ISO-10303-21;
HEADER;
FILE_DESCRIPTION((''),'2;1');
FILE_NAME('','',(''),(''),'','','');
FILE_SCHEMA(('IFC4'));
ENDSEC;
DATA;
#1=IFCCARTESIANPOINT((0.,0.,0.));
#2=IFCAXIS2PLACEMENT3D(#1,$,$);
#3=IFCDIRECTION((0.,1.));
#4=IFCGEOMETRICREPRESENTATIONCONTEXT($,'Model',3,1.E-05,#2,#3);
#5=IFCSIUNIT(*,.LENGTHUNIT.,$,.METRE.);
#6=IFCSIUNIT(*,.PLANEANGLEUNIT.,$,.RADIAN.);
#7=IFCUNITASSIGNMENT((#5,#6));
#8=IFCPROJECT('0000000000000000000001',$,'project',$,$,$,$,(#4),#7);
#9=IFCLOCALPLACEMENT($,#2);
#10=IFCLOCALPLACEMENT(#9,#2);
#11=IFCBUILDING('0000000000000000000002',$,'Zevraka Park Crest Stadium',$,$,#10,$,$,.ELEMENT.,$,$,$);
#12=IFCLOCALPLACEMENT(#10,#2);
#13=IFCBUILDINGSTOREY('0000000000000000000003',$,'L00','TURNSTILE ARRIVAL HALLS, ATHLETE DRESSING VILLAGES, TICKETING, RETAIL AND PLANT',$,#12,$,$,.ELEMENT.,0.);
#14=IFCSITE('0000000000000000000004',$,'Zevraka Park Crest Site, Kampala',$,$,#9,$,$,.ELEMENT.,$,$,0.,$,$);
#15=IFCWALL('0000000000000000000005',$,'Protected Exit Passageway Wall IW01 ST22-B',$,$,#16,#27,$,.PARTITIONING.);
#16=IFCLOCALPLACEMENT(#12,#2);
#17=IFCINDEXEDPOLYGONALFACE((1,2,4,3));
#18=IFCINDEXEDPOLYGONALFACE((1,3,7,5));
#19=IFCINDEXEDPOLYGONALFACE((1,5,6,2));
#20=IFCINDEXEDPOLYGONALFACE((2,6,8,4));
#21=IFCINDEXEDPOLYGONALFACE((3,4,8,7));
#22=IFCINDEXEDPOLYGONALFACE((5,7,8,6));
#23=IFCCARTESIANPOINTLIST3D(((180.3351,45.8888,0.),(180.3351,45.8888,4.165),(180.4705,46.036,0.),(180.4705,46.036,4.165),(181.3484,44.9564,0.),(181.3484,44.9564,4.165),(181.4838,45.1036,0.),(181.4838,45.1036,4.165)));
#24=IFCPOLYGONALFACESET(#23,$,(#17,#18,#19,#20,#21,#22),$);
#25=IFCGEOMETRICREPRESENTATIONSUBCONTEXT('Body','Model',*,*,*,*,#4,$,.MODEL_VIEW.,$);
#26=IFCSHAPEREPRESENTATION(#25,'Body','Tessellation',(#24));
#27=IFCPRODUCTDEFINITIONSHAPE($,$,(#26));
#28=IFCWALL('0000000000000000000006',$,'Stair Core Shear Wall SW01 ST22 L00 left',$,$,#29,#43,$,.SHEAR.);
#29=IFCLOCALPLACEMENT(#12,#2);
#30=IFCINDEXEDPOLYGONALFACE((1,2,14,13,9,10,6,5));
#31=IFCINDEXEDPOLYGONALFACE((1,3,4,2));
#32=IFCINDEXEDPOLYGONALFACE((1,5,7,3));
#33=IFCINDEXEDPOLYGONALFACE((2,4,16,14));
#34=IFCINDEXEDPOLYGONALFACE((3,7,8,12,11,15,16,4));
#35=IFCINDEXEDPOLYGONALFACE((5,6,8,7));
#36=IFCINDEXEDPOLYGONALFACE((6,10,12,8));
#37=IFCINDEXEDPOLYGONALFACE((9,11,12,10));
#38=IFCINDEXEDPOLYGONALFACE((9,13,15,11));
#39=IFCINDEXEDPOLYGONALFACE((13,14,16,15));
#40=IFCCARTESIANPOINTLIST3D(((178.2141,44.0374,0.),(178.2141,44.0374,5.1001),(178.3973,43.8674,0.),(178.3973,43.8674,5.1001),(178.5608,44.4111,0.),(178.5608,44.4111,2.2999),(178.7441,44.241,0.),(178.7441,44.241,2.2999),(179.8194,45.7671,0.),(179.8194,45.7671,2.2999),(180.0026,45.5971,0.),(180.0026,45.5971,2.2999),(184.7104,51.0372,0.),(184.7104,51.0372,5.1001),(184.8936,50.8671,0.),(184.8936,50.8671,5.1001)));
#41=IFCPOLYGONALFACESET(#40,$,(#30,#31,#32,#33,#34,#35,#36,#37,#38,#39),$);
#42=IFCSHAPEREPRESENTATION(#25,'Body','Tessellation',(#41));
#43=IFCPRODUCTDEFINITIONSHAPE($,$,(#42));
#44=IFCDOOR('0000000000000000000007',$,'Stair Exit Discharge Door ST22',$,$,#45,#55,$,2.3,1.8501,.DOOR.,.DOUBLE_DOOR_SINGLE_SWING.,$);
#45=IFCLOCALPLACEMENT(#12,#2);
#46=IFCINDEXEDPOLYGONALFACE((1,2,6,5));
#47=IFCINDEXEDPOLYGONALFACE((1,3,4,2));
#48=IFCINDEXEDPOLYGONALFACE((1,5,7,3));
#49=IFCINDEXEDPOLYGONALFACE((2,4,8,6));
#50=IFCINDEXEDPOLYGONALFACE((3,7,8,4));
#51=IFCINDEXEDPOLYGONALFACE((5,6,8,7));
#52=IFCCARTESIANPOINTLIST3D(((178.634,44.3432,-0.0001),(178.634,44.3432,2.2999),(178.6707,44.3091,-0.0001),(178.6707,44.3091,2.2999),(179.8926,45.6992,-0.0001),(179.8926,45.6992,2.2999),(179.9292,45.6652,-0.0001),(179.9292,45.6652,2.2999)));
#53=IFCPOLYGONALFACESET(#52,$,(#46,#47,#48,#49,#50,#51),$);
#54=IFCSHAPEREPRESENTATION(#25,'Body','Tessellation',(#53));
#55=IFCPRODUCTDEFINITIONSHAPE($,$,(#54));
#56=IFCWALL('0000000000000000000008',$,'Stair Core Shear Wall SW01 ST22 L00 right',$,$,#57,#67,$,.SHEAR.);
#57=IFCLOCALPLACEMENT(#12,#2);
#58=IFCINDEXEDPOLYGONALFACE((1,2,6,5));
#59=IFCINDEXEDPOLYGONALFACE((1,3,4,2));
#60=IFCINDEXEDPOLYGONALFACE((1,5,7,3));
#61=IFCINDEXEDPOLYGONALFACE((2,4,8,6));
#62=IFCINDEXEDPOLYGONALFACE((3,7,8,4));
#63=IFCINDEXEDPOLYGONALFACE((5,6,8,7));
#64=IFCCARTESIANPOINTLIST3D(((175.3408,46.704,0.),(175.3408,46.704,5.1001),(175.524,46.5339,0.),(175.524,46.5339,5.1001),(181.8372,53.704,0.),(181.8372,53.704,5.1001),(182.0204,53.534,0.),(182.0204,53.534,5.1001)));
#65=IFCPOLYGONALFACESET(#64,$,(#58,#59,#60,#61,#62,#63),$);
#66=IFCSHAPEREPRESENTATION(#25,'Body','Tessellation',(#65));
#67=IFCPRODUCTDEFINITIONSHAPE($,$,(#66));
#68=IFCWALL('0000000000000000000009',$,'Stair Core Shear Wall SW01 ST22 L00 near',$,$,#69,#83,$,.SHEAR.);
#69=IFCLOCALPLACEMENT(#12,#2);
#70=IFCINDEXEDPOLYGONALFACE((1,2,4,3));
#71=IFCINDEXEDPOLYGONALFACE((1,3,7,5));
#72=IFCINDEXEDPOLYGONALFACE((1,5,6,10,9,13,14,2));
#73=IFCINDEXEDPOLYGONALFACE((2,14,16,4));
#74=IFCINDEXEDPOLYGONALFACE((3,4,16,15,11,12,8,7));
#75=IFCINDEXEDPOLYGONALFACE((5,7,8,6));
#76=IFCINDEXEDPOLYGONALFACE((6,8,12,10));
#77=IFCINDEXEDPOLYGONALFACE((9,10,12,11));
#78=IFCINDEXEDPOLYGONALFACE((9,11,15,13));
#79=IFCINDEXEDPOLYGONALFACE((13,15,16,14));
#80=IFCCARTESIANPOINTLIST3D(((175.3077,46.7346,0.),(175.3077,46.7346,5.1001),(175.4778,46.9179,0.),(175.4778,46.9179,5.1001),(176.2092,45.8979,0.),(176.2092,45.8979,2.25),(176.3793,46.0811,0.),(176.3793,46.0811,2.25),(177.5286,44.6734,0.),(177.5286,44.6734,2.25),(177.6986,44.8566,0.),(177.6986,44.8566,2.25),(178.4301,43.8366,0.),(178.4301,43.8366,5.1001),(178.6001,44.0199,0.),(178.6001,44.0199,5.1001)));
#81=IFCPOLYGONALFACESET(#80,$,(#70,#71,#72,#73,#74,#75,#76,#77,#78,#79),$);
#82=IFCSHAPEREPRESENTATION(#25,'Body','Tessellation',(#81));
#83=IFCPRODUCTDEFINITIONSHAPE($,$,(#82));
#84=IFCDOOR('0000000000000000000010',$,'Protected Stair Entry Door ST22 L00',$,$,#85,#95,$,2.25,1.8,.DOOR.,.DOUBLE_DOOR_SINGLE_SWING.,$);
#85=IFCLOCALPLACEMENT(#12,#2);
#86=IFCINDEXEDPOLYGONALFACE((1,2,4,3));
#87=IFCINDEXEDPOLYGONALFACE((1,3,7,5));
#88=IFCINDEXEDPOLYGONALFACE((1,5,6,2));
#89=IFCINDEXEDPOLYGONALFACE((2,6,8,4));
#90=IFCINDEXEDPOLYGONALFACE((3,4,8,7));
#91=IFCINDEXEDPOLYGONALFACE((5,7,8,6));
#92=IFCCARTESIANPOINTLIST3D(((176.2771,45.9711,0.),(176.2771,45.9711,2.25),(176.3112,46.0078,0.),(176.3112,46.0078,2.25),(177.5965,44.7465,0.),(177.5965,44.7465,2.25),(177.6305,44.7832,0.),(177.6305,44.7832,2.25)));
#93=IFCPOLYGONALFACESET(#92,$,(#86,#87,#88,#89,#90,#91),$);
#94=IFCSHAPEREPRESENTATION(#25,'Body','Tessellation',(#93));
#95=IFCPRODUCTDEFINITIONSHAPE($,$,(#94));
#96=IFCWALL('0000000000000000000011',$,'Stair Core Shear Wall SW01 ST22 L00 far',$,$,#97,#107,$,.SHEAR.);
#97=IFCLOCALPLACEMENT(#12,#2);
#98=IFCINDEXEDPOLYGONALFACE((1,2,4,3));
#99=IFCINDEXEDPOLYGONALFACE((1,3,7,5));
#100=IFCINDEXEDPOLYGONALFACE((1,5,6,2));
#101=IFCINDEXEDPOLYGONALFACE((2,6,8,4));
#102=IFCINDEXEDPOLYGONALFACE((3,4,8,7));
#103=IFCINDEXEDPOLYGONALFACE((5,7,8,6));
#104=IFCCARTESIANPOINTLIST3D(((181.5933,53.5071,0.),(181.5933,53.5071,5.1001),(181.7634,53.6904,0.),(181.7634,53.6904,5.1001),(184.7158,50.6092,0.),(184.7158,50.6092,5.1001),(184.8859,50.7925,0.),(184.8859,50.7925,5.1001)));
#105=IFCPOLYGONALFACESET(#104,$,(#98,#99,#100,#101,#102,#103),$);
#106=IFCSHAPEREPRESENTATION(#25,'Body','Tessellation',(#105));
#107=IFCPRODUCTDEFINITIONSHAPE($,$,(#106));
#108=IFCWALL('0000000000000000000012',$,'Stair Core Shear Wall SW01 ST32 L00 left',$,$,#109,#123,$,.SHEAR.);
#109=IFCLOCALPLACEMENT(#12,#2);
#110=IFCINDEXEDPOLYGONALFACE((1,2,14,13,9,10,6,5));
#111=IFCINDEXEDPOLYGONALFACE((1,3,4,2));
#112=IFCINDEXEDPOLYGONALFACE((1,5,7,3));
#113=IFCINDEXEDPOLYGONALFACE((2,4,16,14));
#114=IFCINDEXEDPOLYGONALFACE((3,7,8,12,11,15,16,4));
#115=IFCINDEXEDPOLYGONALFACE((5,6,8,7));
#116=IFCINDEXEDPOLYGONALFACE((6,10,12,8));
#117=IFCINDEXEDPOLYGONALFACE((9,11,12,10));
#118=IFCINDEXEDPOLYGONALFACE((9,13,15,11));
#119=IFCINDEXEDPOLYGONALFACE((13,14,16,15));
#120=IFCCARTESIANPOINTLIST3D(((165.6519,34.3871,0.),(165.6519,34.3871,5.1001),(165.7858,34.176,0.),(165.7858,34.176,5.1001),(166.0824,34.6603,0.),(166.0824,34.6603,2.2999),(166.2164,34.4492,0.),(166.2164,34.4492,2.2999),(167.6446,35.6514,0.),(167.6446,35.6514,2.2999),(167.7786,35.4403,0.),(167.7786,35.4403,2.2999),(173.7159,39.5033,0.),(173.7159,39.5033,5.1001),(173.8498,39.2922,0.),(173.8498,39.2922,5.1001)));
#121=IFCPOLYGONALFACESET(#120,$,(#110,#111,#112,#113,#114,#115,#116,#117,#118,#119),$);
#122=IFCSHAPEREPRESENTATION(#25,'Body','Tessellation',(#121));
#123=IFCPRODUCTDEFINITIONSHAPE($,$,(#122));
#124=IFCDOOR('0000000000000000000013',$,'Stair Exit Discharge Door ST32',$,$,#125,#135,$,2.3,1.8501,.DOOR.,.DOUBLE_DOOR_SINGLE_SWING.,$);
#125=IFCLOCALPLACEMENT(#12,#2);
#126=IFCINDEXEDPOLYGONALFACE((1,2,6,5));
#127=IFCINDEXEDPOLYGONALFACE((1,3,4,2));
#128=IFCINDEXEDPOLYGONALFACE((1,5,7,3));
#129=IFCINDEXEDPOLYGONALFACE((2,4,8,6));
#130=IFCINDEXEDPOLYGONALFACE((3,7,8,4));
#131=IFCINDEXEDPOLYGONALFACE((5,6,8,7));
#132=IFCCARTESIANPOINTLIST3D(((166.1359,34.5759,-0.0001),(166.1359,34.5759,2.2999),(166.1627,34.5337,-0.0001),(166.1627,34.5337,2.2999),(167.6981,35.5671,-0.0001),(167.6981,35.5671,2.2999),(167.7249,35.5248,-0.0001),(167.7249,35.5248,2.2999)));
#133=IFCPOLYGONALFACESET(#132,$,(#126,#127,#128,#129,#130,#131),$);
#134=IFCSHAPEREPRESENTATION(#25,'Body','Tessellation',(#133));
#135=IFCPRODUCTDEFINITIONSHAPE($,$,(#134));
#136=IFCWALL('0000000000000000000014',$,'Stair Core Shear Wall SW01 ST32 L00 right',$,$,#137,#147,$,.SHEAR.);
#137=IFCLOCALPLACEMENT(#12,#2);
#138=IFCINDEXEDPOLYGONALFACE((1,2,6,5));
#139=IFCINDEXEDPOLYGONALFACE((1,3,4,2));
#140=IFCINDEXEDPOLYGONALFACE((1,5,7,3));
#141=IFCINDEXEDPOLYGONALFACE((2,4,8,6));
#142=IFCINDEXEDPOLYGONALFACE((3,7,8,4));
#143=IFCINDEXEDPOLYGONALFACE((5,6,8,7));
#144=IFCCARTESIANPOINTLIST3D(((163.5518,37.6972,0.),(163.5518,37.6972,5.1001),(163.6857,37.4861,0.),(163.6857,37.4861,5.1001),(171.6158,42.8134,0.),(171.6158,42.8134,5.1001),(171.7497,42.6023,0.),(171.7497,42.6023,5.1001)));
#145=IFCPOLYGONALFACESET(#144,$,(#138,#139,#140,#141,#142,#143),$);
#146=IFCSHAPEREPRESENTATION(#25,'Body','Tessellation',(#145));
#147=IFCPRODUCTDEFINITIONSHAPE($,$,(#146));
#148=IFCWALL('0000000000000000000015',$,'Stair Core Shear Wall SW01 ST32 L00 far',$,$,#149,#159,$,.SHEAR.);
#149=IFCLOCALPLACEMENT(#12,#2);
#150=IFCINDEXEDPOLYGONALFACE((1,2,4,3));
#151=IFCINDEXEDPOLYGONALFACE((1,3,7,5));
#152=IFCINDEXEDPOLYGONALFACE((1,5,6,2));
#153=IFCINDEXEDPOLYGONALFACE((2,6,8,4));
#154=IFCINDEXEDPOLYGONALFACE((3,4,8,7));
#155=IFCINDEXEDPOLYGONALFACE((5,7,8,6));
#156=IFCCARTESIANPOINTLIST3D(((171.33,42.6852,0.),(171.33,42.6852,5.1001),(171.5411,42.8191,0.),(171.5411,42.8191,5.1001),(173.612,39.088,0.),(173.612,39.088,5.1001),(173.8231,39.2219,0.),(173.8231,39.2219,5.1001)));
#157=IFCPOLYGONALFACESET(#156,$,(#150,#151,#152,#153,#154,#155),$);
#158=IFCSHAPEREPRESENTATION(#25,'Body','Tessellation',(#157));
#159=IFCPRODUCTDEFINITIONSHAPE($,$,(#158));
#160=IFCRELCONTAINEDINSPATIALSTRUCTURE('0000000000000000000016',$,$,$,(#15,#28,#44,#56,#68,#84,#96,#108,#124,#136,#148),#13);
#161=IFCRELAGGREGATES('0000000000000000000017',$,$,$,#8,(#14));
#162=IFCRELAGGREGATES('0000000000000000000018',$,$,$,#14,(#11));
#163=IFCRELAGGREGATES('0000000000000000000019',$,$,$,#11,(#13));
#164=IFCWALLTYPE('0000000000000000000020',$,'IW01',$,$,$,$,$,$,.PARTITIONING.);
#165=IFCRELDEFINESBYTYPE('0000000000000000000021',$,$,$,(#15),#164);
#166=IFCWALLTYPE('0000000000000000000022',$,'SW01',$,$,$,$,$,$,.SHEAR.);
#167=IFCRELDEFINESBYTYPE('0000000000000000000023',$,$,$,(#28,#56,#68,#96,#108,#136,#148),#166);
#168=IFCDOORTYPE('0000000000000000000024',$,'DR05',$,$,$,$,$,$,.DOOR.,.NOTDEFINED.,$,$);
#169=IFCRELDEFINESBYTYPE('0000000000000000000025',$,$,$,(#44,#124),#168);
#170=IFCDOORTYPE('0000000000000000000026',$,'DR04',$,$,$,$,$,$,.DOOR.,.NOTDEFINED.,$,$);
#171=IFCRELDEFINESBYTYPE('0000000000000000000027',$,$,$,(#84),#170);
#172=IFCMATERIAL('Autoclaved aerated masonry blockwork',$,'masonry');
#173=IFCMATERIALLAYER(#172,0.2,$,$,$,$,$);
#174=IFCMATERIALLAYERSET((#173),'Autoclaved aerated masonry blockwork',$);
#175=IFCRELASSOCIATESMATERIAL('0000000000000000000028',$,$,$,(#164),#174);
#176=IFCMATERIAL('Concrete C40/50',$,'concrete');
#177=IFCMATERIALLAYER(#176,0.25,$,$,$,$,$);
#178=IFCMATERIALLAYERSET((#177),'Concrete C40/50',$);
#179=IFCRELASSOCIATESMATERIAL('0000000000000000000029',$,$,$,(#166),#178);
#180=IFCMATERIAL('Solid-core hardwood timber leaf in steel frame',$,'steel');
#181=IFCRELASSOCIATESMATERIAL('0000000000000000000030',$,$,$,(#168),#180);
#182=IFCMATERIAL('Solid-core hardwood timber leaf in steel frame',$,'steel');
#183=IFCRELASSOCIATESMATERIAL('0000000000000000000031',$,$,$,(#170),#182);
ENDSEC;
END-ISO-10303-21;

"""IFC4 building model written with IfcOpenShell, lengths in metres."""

from ifc_helpers import new_model, si_unit, direction, frame, frame_2d, origin, place, context, subcontext, project, spatial, rectangle, extrude, material, layer, layer_set, type_object, element, fill, save


model = new_model("IFC4")

# Units and contexts
model_context = context("Model", 3, precision=1e-05, world=origin(), true_north=direction((0.0, 1.0)))
body_context = subcontext(model_context, "Body", "Model", "MODEL_VIEW")
ifc_project = project(units=[si_unit("LENGTHUNIT", "METRE"), si_unit("PLANEANGLEUNIT", "RADIAN")], contexts=[model_context])

# Site, building, storey
site_placement = place(None, origin())
site = spatial("IfcSite", under=ifc_project, at=site_placement, Name="Zevraka Park Crest Site, Kampala", CompositionType="ELEMENT", RefElevation=0.0)
building_placement = place(site_placement, origin())
building = spatial("IfcBuilding", under=site, at=building_placement, Name="Zevraka Park Crest Stadium", CompositionType="ELEMENT")
storey_placement = place(building_placement, origin())
storey = spatial("IfcBuildingStorey", under=building, at=storey_placement, Name="L00", Description="TURNSTILE ARRIVAL HALLS, ATHLETE DRESSING VILLAGES, TICKETING, RETAIL AND PLANT", CompositionType="ELEMENT", Elevation=0.0)

# Wall
ifc_material_1 = material(Name="Autoclaved aerated masonry blockwork", Category="masonry")
ifc_layer_1 = layer(ifc_material_1, 0.2)
ifc_layer_set_1 = layer_set([ifc_layer_1], Name="Autoclaved aerated masonry blockwork")
wall_type_1 = type_object("IfcWallType", Name="IW01", PredefinedType="PARTITIONING", material=ifc_layer_set_1)
wall_1_placement = place(storey_placement, frame((180.4028, 45.9624, 0.0), z_axis=(0.0, 0.0, 1.0), x_axis=(0.735843, -0.677153, 0.0)))
element("IfcWall", 1, at=wall_1_placement, inside=storey, type_object=wall_type_1, Name="Protected Exit Passageway Wall IW01 ST22-B", PredefinedType="PARTITIONING", context=body_context, shape_type="SweptSolid", body=[
    extrude(rectangle(XDim=1.377, YDim=0.2, at=frame_2d((0.6885, 0.0))), origin(), (0.0, 0.0, 1.0), 4.165),
])

# Wall, opening, door
ifc_material_2 = material(Name="Concrete C40/50", Category="concrete")
ifc_layer_2 = layer(ifc_material_2, 0.25)
ifc_layer_set_2 = layer_set([ifc_layer_2], Name="Concrete C40/50")
wall_type_2 = type_object("IfcWallType", Name="SW01", PredefinedType="SHEAR", material=ifc_layer_set_2)
wall_2_placement = place(storey_placement, frame((184.802, 50.9521, 0.0), z_axis=(0.0, 0.0, 1.0), x_axis=(-0.680258, -0.732973, 0.0)))
wall_2 = element("IfcWall", 2, at=wall_2_placement, inside=storey, type_object=wall_type_2, Name="Stair Core Shear Wall SW01 ST22 L00 left", PredefinedType="SHEAR", context=body_context, shape_type="SweptSolid", body=[
    extrude(rectangle(XDim=9.5498, YDim=0.25, at=frame_2d((4.7749, 0.0))), origin(), (0.0, 0.0, 1.0), 5.1001),
])
opening_1_placement = place(wall_2_placement, frame((7.1899, 0.0, 0.0)))
opening_1 = element("IfcOpeningElement", 3, at=opening_1_placement, cuts=wall_2, PredefinedType="OPENING", context=body_context, shape_type="SweptSolid", body=[
    extrude(rectangle(XDim=1.8501, YDim=2.3, at=frame_2d((0.925, 1.1499))), frame((0.0, 0.135, 0.0), z_axis=(0.0, -1.0, 0.0), x_axis=(1.0, 0.0, 0.0)), (0.0, 0.0, 1.0), 0.27),
])
ifc_material_3 = material(Name="Solid-core hardwood timber leaf in steel frame", Category="steel")
door_type_1 = type_object("IfcDoorType", Name="DR05", OperationType="NOTDEFINED", PredefinedType="DOOR", material=ifc_material_3)
door_1_placement = place(opening_1_placement, origin())
door_1 = element("IfcDoor", 4, at=door_1_placement, inside=storey, type_object=door_type_1, Name="Stair Exit Discharge Door ST22", OperationType="DOUBLE_DOOR_SINGLE_SWING", OverallHeight=2.3, OverallWidth=1.8501, PredefinedType="DOOR", context=body_context, shape_type="SweptSolid", body=[
    extrude(rectangle(XDim=1.8501, YDim=2.3, at=frame_2d((0.925, 1.1499))), frame((0.0, 0.0249, 0.0), z_axis=(0.0, -1.0, 0.0), x_axis=(1.0, 0.0, 0.0)), (0.0, 0.0, 1.0), 0.05),
])
fill(opening_1, door_1)

# Wall
wall_3_placement = place(storey_placement, frame((181.9287, 53.6189, 0.0), z_axis=(0.0, 0.0, 1.0), x_axis=(-0.680245, -0.732985, 0.0)))
element("IfcWall", 5, at=wall_3_placement, inside=storey, type_object=wall_type_2, Name="Stair Core Shear Wall SW01 ST22 L00 right", PredefinedType="SHEAR", context=body_context, shape_type="SweptSolid", body=[
    extrude(rectangle(XDim=9.55, YDim=0.25, at=frame_2d((4.7749, 0.0))), origin(), (0.0, 0.0, 1.0), 5.1001),
])

# Wall, opening, door
wall_4_placement = place(storey_placement, frame((175.3928, 46.8262, 0.0), z_axis=(0.0, 0.0, 1.0), x_axis=(0.732951, -0.680282, 0.0)))
wall_4 = element("IfcWall", 6, at=wall_4_placement, inside=storey, type_object=wall_type_2, Name="Stair Core Shear Wall SW01 ST22 L00 near", PredefinedType="SHEAR", context=body_context, shape_type="SweptSolid", body=[
    extrude(rectangle(XDim=4.26, YDim=0.25, at=frame_2d((2.1299, 0.0))), origin(), (0.0, 0.0, 1.0), 5.1001),
])
opening_2_placement = place(wall_4_placement, frame((1.23, 0.0, 0.0)))
opening_2 = element("IfcOpeningElement", 7, at=opening_2_placement, cuts=wall_4, PredefinedType="OPENING", context=body_context, shape_type="SweptSolid", body=[
    extrude(rectangle(XDim=1.8, YDim=2.25, at=frame_2d((0.8999, 1.125))), frame((0.0, 0.135, 0.0), z_axis=(0.0, -1.0, 0.0), x_axis=(1.0, 0.0, 0.0)), (0.0, 0.0, 1.0), 0.27),
])
ifc_material_4 = material(Name="Solid-core hardwood timber leaf in steel frame", Category="steel")
door_type_2 = type_object("IfcDoorType", Name="DR04", OperationType="NOTDEFINED", PredefinedType="DOOR", material=ifc_material_4)
door_2_placement = place(opening_2_placement, origin())
door_2 = element("IfcDoor", 8, at=door_2_placement, inside=storey, type_object=door_type_2, Name="Protected Stair Entry Door ST22 L00", OperationType="DOUBLE_DOOR_SINGLE_SWING", OverallHeight=2.25, OverallWidth=1.8, PredefinedType="DOOR", context=body_context, shape_type="SweptSolid", body=[
    extrude(rectangle(XDim=1.8, YDim=2.25, at=frame_2d((0.8999, 1.125))), frame((0.0, 0.0249, 0.0), z_axis=(0.0, -1.0, 0.0), x_axis=(1.0, 0.0, 0.0)), (0.0, 0.0, 1.0), 0.05),
])
fill(opening_2, door_2)

# Wall
wall_5_placement = place(storey_placement, frame((184.8008, 50.7009, 0.0), z_axis=(0.0, 0.0, 1.0), x_axis=(-0.732977, 0.680253, 0.0)))
element("IfcWall", 9, at=wall_5_placement, inside=storey, type_object=wall_type_2, Name="Stair Core Shear Wall SW01 ST22 L00 far", PredefinedType="SHEAR", context=body_context, shape_type="SweptSolid", body=[
    extrude(rectangle(XDim=4.26, YDim=0.25, at=frame_2d((2.1299, 0.0))), origin(), (0.0, 0.0, 1.0), 5.1001),
])

# Wall, opening, door
wall_6_placement = place(storey_placement, frame((173.7827, 39.3977, 0.0), z_axis=(0.0, 0.0, 1.0), x_axis=(-0.844391, -0.535727, 0.0)))
wall_6 = element("IfcWall", 10, at=wall_6_placement, inside=storey, type_object=wall_type_2, Name="Stair Core Shear Wall SW01 ST32 L00 left", PredefinedType="SHEAR", context=body_context, shape_type="SweptSolid", body=[
    extrude(rectangle(XDim=9.55, YDim=0.25, at=frame_2d((4.7749, 0.0))), origin(), (0.0, 0.0, 1.0), 5.1001),
])
opening_3_placement = place(wall_6_placement, frame((7.1899, 0.0, 0.0)))
opening_3 = element("IfcOpeningElement", 11, at=opening_3_placement, cuts=wall_6, PredefinedType="OPENING", context=body_context, shape_type="SweptSolid", body=[
    extrude(rectangle(XDim=1.8501, YDim=2.3, at=frame_2d((0.925, 1.1499))), frame((0.0, 0.135, 0.0), z_axis=(0.0, -1.0, 0.0), x_axis=(1.0, 0.0, 0.0)), (0.0, 0.0, 1.0), 0.27),
])
door_3_placement = place(opening_3_placement, origin())
door_3 = element("IfcDoor", 12, at=door_3_placement, inside=storey, type_object=door_type_1, Name="Stair Exit Discharge Door ST32", OperationType="DOUBLE_DOOR_SINGLE_SWING", OverallHeight=2.3, OverallWidth=1.8501, PredefinedType="DOOR", context=body_context, shape_type="SweptSolid", body=[
    extrude(rectangle(XDim=1.8501, YDim=2.3, at=frame_2d((0.925, 1.1499))), frame((0.0, 0.0249, 0.0), z_axis=(0.0, -1.0, 0.0), x_axis=(1.0, 0.0, 0.0)), (0.0, 0.0, 1.0), 0.05),
])
fill(opening_3, door_3)

# Walls
wall_7_placement = place(storey_placement, frame((171.6826, 42.7078, 0.0), z_axis=(0.0, 0.0, 1.0), x_axis=(-0.844391, -0.535727, 0.0)))
element("IfcWall", 13, at=wall_7_placement, inside=storey, type_object=wall_type_2, Name="Stair Core Shear Wall SW01 ST32 L00 right", PredefinedType="SHEAR", context=body_context, shape_type="SweptSolid", body=[
    extrude(rectangle(XDim=9.55, YDim=0.25, at=frame_2d((4.7749, 0.0))), origin(), (0.0, 0.0, 1.0), 5.1001),
])
wall_8_placement = place(storey_placement, frame((173.7175, 39.155, 0.0), z_axis=(0.0, 0.0, 1.0), x_axis=(-0.535685, 0.844418, 0.0)))
element("IfcWall", 14, at=wall_8_placement, inside=storey, type_object=wall_type_2, Name="Stair Core Shear Wall SW01 ST32 L00 far", PredefinedType="SHEAR", context=body_context, shape_type="SweptSolid", body=[
    extrude(rectangle(XDim=4.26, YDim=0.25, at=frame_2d((2.1299, 0.0))), origin(), (0.0, 0.0, 1.0), 5.1001),
])

save(model, "model.ifc")
